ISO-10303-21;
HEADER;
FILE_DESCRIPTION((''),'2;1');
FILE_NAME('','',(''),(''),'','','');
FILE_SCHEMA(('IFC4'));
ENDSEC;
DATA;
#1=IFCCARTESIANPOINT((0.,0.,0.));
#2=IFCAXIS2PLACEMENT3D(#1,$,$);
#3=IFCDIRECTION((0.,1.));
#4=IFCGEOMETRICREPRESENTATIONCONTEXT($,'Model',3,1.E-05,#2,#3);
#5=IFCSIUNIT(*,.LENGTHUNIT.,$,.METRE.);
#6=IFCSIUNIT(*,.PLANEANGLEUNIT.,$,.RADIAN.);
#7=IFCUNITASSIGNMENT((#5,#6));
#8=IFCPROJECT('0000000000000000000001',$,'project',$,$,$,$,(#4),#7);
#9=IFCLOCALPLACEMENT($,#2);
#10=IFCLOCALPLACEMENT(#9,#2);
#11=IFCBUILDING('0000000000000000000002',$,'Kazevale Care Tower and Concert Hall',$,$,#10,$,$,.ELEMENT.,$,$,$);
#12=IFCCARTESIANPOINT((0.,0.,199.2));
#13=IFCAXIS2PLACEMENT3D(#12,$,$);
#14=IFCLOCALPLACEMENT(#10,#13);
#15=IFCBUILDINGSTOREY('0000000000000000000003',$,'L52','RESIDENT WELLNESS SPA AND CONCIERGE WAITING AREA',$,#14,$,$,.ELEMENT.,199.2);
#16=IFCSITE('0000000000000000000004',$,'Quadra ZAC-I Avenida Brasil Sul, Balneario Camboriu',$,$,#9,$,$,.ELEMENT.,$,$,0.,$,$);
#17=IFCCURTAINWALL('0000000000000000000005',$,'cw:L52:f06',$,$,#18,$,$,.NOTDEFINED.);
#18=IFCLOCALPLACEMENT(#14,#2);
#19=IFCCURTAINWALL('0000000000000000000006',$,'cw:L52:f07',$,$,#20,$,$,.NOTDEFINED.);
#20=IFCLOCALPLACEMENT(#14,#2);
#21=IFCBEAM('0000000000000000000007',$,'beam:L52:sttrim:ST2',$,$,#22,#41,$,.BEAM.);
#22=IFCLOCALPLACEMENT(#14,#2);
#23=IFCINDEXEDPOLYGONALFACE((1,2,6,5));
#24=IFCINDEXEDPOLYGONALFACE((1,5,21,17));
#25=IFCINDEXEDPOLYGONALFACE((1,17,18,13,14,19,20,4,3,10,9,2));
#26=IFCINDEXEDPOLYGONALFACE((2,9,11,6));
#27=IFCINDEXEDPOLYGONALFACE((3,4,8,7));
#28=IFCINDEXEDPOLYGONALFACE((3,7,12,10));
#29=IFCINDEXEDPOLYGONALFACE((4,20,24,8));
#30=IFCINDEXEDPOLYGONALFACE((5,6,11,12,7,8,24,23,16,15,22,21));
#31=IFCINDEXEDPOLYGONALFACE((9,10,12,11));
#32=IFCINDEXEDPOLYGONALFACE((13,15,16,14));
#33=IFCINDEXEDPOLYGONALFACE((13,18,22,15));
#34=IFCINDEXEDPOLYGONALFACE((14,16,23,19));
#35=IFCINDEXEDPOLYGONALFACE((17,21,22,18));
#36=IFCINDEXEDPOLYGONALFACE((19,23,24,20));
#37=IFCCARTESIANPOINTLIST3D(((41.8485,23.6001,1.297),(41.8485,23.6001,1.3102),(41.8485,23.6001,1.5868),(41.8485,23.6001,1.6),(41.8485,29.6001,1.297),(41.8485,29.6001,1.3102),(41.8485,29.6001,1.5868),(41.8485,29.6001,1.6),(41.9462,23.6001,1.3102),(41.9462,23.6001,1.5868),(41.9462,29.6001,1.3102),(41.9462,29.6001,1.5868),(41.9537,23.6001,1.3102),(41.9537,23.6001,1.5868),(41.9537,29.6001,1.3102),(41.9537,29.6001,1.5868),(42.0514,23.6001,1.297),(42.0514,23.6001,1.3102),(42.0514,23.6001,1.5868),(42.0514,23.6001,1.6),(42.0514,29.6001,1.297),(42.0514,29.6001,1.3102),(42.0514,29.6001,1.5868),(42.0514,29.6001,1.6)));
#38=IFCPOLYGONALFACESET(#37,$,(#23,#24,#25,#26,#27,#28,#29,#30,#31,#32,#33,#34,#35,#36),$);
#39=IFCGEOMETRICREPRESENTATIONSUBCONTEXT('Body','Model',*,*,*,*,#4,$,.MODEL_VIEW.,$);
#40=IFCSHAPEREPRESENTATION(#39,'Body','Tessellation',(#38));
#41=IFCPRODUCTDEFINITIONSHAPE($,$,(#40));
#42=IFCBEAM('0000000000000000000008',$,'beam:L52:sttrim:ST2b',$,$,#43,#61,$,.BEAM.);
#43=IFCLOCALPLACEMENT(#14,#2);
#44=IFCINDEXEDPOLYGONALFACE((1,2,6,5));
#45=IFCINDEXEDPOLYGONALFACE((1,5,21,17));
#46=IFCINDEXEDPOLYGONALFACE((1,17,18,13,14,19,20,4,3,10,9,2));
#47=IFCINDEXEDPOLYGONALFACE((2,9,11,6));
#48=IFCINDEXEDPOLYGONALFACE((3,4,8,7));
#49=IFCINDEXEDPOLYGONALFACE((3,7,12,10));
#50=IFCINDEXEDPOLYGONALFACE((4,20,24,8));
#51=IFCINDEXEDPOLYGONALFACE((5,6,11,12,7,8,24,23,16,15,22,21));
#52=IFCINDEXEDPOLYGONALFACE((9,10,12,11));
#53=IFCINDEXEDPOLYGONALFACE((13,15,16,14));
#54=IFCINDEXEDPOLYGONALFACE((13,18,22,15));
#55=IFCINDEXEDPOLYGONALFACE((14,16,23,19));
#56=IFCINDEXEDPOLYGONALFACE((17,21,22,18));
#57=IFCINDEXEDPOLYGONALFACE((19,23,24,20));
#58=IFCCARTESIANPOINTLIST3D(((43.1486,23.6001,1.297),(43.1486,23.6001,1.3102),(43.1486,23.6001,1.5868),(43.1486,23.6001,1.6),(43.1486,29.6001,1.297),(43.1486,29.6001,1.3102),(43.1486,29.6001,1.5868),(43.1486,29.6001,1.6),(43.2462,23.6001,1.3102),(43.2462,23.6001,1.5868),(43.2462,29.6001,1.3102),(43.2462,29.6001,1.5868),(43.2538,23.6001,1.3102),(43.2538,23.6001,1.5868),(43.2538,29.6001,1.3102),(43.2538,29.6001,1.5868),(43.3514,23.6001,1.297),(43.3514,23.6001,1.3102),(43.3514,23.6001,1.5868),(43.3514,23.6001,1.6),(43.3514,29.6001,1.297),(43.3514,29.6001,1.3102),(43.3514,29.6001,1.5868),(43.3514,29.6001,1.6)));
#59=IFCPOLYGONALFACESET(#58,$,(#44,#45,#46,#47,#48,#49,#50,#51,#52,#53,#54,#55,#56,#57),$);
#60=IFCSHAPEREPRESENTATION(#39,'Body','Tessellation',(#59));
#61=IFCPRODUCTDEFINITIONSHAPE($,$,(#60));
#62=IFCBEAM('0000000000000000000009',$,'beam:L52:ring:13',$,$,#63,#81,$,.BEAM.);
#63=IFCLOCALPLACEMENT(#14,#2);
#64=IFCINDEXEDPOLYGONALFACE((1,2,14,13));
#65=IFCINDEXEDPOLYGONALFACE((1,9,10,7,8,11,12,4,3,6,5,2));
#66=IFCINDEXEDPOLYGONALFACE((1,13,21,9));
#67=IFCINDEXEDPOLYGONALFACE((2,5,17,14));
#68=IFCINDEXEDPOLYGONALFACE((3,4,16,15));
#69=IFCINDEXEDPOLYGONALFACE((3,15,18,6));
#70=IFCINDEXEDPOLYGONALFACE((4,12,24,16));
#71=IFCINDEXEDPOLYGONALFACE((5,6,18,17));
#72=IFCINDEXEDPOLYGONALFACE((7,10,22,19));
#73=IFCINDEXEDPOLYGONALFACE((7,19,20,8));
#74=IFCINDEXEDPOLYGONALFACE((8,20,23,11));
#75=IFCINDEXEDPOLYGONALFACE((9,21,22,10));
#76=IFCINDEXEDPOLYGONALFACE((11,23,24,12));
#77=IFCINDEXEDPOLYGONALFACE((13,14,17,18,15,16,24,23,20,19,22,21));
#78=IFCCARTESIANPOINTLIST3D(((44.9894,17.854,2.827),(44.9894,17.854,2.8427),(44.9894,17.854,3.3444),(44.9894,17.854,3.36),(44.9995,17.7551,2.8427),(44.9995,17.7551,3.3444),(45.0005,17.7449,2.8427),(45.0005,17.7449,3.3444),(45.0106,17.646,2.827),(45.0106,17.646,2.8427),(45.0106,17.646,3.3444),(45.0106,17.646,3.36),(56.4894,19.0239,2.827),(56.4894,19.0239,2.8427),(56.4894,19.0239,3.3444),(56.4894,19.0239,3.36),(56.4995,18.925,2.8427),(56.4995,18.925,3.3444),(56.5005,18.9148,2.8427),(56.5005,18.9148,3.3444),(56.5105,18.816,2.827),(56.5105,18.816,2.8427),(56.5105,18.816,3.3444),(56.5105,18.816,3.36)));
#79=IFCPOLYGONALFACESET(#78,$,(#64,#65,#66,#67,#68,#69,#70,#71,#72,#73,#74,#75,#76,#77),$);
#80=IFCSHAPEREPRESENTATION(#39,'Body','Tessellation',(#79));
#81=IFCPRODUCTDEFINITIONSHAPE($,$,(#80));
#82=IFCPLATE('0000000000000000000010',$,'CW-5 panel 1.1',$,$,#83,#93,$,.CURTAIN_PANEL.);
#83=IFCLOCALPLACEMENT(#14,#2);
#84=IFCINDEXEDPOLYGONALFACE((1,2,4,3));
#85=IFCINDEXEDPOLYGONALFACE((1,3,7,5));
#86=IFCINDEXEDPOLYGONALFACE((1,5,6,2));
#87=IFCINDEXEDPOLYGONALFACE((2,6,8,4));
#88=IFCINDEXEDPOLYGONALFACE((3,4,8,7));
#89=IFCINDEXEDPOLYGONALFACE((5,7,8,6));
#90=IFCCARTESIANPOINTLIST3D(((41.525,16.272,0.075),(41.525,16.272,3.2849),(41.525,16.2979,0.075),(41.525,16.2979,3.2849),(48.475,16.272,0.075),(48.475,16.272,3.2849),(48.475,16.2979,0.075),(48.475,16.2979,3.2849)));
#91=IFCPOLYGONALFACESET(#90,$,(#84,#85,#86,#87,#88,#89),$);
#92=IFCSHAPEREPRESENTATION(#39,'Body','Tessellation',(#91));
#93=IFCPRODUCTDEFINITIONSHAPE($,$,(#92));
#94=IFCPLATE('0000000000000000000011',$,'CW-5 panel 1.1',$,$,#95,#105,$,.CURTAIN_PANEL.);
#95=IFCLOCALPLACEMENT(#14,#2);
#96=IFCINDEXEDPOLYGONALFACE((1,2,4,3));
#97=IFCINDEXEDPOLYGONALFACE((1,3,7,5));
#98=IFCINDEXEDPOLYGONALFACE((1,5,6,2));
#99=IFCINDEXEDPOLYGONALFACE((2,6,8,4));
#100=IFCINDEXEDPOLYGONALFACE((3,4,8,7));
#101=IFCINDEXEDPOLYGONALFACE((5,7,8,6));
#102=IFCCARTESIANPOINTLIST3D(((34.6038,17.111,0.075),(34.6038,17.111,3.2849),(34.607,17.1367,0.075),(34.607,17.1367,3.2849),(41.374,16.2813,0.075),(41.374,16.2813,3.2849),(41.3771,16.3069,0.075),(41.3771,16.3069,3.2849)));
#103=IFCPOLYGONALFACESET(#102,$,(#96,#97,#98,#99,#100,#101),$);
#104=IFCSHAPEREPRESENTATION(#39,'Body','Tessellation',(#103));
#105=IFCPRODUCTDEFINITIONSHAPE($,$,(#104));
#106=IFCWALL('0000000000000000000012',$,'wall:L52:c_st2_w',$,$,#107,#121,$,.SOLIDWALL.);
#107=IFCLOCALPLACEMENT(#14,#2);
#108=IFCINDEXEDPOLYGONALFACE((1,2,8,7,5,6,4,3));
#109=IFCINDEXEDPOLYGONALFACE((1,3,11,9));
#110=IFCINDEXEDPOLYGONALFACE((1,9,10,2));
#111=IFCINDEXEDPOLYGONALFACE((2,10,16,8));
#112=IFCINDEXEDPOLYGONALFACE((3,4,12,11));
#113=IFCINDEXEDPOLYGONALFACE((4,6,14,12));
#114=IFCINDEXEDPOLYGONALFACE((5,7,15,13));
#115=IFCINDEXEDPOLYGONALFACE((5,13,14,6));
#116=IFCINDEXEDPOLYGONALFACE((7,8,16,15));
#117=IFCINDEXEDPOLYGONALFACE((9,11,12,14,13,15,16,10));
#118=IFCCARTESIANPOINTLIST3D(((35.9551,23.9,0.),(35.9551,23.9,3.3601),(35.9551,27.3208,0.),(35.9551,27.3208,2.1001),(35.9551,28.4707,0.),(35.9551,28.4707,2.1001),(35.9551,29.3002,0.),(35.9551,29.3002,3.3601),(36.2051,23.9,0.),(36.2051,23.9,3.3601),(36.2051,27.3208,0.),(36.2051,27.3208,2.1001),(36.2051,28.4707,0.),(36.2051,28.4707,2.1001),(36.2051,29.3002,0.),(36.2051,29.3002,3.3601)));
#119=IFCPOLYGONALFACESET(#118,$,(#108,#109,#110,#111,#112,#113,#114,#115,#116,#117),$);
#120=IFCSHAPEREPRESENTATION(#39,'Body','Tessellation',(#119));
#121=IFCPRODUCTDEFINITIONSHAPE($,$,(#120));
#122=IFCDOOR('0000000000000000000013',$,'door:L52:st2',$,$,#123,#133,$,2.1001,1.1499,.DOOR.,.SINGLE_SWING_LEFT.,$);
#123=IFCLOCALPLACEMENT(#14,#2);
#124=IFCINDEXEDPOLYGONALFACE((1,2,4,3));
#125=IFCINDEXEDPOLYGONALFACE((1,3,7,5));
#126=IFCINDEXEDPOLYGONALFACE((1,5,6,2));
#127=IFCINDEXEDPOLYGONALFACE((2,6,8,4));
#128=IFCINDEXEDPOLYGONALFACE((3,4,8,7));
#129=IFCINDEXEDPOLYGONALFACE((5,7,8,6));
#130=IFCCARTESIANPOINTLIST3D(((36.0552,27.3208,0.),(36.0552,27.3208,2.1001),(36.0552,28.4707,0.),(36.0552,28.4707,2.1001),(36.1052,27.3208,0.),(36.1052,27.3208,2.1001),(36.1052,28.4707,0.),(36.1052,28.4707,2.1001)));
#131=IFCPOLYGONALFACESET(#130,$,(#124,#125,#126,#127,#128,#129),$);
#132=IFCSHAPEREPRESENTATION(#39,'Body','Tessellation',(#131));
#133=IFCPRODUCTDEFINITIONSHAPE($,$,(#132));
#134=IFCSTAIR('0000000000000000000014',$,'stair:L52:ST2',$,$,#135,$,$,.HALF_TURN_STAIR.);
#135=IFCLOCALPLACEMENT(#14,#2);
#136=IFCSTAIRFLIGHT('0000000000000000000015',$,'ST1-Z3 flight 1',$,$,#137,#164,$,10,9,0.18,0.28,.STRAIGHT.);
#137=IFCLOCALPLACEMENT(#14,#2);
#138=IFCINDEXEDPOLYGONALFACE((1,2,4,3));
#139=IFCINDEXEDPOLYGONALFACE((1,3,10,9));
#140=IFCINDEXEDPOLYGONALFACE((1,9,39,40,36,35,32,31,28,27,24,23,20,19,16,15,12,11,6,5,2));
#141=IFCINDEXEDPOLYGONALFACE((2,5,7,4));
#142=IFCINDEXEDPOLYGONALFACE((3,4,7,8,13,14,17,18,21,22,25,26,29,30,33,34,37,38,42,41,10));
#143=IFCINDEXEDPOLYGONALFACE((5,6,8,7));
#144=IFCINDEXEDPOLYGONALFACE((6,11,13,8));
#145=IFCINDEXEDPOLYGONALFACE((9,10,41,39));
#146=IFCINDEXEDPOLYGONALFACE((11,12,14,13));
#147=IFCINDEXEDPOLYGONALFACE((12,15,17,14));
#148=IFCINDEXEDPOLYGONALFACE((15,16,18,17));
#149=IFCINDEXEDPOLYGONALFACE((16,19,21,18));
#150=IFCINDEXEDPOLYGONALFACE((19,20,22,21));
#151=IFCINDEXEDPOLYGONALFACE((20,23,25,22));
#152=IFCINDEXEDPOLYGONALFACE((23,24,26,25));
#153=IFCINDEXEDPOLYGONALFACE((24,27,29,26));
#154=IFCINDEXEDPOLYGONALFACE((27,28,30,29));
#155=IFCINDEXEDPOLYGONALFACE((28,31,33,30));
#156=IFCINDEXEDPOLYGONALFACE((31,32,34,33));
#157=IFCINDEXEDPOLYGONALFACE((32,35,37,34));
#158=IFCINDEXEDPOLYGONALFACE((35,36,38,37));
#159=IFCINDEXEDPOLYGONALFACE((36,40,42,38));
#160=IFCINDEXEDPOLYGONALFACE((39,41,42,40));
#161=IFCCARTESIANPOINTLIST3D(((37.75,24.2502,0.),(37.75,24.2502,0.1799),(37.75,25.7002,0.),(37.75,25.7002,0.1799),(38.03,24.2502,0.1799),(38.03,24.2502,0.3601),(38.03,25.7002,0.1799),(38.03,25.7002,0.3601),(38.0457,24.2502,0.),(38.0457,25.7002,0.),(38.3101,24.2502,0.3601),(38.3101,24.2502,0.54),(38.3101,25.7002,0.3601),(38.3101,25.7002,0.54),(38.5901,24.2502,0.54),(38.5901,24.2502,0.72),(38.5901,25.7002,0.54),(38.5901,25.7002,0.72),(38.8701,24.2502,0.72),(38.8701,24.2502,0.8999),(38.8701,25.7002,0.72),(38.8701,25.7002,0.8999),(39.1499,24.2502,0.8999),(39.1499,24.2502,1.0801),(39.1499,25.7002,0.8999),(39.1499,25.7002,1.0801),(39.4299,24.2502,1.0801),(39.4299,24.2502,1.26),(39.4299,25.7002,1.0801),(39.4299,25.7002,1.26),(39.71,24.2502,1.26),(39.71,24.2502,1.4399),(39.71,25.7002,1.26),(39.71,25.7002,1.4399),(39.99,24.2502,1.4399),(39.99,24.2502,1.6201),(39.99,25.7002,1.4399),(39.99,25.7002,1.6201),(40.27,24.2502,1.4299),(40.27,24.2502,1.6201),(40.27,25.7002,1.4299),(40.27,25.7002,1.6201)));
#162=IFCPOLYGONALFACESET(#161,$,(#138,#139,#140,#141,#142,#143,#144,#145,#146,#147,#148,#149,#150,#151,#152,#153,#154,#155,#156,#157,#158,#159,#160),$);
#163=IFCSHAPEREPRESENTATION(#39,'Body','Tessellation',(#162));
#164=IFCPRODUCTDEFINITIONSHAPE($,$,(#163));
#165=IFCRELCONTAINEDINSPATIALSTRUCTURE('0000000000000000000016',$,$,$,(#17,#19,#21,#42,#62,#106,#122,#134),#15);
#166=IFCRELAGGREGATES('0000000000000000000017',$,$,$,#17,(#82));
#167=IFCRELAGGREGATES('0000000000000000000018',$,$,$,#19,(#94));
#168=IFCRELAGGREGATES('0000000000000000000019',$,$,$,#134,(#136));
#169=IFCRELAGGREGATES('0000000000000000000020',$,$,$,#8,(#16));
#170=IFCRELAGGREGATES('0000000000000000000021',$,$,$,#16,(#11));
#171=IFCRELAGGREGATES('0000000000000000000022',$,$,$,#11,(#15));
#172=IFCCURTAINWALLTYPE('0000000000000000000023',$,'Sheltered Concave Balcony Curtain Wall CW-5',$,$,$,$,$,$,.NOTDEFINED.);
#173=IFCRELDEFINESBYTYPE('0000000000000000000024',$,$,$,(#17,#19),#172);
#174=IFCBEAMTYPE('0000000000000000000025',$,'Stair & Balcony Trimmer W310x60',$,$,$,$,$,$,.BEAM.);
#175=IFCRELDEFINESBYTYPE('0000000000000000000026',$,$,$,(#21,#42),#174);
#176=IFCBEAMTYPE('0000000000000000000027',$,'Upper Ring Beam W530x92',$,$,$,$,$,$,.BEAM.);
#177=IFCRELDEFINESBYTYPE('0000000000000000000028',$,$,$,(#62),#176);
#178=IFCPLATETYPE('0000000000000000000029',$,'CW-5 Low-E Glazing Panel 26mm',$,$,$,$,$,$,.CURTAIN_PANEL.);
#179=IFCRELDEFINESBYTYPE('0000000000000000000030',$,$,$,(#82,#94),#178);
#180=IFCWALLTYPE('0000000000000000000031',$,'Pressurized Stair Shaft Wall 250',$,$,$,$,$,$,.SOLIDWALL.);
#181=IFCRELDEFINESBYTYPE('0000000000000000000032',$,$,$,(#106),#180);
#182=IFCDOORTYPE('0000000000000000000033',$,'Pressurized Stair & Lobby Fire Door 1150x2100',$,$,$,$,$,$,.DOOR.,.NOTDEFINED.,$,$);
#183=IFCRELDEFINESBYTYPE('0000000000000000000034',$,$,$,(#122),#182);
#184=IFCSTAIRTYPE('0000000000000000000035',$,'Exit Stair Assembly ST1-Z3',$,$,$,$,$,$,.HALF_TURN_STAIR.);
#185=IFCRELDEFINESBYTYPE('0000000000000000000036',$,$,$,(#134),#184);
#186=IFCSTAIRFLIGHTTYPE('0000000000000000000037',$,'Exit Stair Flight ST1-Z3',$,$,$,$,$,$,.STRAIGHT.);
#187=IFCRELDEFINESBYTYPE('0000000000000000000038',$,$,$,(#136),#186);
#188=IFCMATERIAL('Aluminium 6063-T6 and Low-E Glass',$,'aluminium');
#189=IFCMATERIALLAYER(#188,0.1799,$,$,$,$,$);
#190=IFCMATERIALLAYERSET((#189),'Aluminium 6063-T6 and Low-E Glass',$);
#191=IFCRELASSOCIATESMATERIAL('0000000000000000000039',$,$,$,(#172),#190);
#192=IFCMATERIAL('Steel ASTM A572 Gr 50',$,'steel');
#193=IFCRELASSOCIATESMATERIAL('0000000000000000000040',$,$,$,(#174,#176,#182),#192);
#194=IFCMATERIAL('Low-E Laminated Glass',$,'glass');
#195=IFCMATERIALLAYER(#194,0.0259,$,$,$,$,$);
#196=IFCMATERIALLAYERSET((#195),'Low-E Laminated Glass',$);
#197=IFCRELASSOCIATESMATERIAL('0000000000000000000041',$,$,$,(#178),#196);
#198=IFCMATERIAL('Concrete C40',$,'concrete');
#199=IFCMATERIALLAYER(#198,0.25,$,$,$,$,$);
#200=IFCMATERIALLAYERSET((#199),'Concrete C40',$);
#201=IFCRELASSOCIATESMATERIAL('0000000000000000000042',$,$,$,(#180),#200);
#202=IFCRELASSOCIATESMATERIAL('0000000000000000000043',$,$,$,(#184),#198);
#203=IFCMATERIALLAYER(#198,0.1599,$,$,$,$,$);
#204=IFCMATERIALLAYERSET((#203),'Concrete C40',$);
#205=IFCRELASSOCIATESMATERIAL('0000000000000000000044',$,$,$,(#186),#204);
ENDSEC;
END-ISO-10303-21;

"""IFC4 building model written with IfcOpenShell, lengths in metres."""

from ifc_helpers import new_model, si_unit, direction, frame, frame_2d, origin, origin_2d, place, context, subcontext, project, spatial, polyline, rectangle, i_section, outline, extrude, material, layer, layer_set, material_profile, profile_set, type_object, element, fill, aggregate, save


model = new_model("IFC4")

# Units and contexts
model_context = context("Model", 3, precision=1e-05, world=origin(), true_north=direction((0.0, 1.0)))
body_context = subcontext(model_context, "Body", "Model", "MODEL_VIEW")
ifc_project = project(units=[si_unit("LENGTHUNIT", "METRE"), si_unit("PLANEANGLEUNIT", "RADIAN")], contexts=[model_context])

# Site, building, storey
site_placement = place(None, origin())
site = spatial("IfcSite", under=ifc_project, at=site_placement, Name="Quadra ZAC-I Avenida Brasil Sul, Balneario Camboriu", CompositionType="ELEMENT", RefElevation=0.0)
building_placement = place(site_placement, origin())
building = spatial("IfcBuilding", under=site, at=building_placement, Name="Kazevale Care Tower and Concert Hall", CompositionType="ELEMENT")
storey_placement = place(building_placement, frame((0.0, 0.0, 199.2)))
storey = spatial("IfcBuildingStorey", under=building, at=storey_placement, Name="L52", Description="RESIDENT WELLNESS SPA AND CONCIERGE WAITING AREA", CompositionType="ELEMENT", Elevation=199.2)

# Curtain wall
ifc_material_1 = material(Name="Aluminium 6063-T6 and Low-E Glass", Category="aluminium")
ifc_layer_1 = layer(ifc_material_1, 0.1799)
ifc_layer_set_1 = layer_set([ifc_layer_1], Name="Aluminium 6063-T6 and Low-E Glass")
curtain_wall_type = type_object("IfcCurtainWallType", Name="Sheltered Concave Balcony Curtain Wall CW-5", PredefinedType="NOTDEFINED", material=ifc_layer_set_1)
curtain_wall_1_placement = place(storey_placement, origin())
curtain_wall_1 = element("IfcCurtainWall", 1, at=curtain_wall_1_placement, inside=storey, type_object=curtain_wall_type, Name="cw:L52:f06", PredefinedType="NOTDEFINED")

# Curtain wall
curtain_wall_2_placement = place(storey_placement, origin())
curtain_wall_2 = element("IfcCurtainWall", 2, at=curtain_wall_2_placement, inside=storey, type_object=curtain_wall_type, Name="cw:L52:f07", PredefinedType="NOTDEFINED")

# Beams
ifc_material_2 = material(Name="Steel ASTM A572 Gr 50", Category="steel")
ifc_material_profile_1 = material_profile(ifc_material_2, i_section(OverallWidth=0.2029, OverallDepth=0.303, WebThickness=0.0076, FlangeThickness=0.0132, at=origin_2d()), Name="W310x60")
ifc_profile_set_1 = profile_set([ifc_material_profile_1], Name="Steel ASTM A572 Gr 50")
beam_type_1 = type_object("IfcBeamType", Name="Stair & Balcony Trimmer W310x60", PredefinedType="BEAM", material=ifc_profile_set_1)
for number, where, z_axis, x_axis, name in (
    (3, (41.95, 23.6001, 1.4485), (0.0, 1.0, 0.0), (-1.0, 0.0, 0.0), "beam:L52:sttrim:ST2"),
    (4, (43.25, 23.6001, 1.4485), (0.0, 1.0, 0.0), (-1.0, 0.0, 0.0), "beam:L52:sttrim:ST2b"),
):
    element("IfcBeam", number, at=place(storey_placement, frame(where, z_axis=z_axis, x_axis=x_axis)), inside=storey, type_object=beam_type_1, Name=name, PredefinedType="BEAM", context=body_context, shape_type="SweptSolid", body=[
        extrude(i_section(OverallWidth=0.2029, OverallDepth=0.303, WebThickness=0.0076, FlangeThickness=0.0132, at=origin_2d()), origin(), (0.0, 0.0, 1.0), 6.0),
    ])
ifc_material_profile_2 = material_profile(ifc_material_2, i_section(OverallWidth=0.209, OverallDepth=0.533, WebThickness=0.0103, FlangeThickness=0.0156, at=origin_2d()), Name="W530x92")
ifc_profile_set_2 = profile_set([ifc_material_profile_2], Name="Steel ASTM A572 Gr 50")
beam_type_2 = type_object("IfcBeamType", Name="Upper Ring Beam W530x92", PredefinedType="BEAM", material=ifc_profile_set_2)
beam_1_placement = place(storey_placement, frame((45.0, 17.75, 3.0935), z_axis=(0.994865, 0.10121, 0.0), x_axis=(-0.10121, 0.994865, 0.0)))
element("IfcBeam", 5, at=beam_1_placement, inside=storey, type_object=beam_type_2, Name="beam:L52:ring:13", PredefinedType="BEAM", context=body_context, shape_type="SweptSolid", body=[
    extrude(i_section(OverallWidth=0.209, OverallDepth=0.533, WebThickness=0.0103, FlangeThickness=0.0156, at=origin_2d()), origin(), (0.0, 0.0, 1.0), 11.5593),
])

# Plates
ifc_material_3 = material(Name="Low-E Laminated Glass", Category="glass")
ifc_layer_2 = layer(ifc_material_3, 0.0259)
ifc_layer_set_2 = layer_set([ifc_layer_2], Name="Low-E Laminated Glass")
plate_type = type_object("IfcPlateType", Name="CW-5 Low-E Glazing Panel 26mm", PredefinedType="CURTAIN_PANEL", material=ifc_layer_set_2)
plate_1_placement = place(storey_placement, frame((45.0, 16.2849, 0.075), z_axis=(0.0, 0.0, 1.0), x_axis=(-1.0, 0.0, 0.0)))
plate_1 = element("IfcPlate", 6, at=plate_1_placement, type_object=plate_type, Name="CW-5 panel 1.1", PredefinedType="CURTAIN_PANEL", context=body_context, shape_type="SweptSolid", body=[
    extrude(rectangle(XDim=6.95, YDim=0.0259, at=origin_2d()), origin(), (0.0, 0.0, 1.0), 3.21),
])
aggregate(curtain_wall_1, [plate_1])
plate_2_placement = place(storey_placement, frame((37.9905, 16.709, 0.075), z_axis=(0.0, 0.0, 1.0), x_axis=(-0.992573, 0.121651, 0.0)))
plate_2 = element("IfcPlate", 7, at=plate_2_placement, type_object=plate_type, Name="CW-5 panel 1.1", PredefinedType="CURTAIN_PANEL", context=body_context, shape_type="SweptSolid", body=[
    extrude(rectangle(XDim=6.8208, YDim=0.0259, at=origin_2d()), origin(), (0.0, 0.0, 1.0), 3.21),
])
aggregate(curtain_wall_2, [plate_2])

# Wall, opening, door
ifc_material_4 = material(Name="Concrete C40", Category="concrete")
ifc_layer_3 = layer(ifc_material_4, 0.25)
ifc_layer_set_3 = layer_set([ifc_layer_3], Name="Concrete C40")
wall_type_1 = type_object("IfcWallType", Name="Pressurized Stair Shaft Wall 250", PredefinedType="SOLIDWALL", material=ifc_layer_set_3)
wall_1_placement = place(storey_placement, frame((36.0801, 23.8999, 0.0), z_axis=(0.0, 0.0, 1.0), x_axis=(0.0, 1.0, 0.0)))
wall_1 = element("IfcWall", 8, at=wall_1_placement, inside=storey, type_object=wall_type_1, Name="wall:L52:c_st2_w", PredefinedType="SOLIDWALL", context=body_context, shape_type="SweptSolid", body=[
    extrude(rectangle(XDim=5.4001, YDim=0.25, at=frame_2d((2.7002, 0.0))), origin(), (0.0, 0.0, 1.0), 3.3601),
])
opening_1_placement = place(wall_1_placement, frame((3.4209, 0.0, 0.0)))
opening_1 = element("IfcOpeningElement", 9, at=opening_1_placement, cuts=wall_1, PredefinedType="OPENING", context=body_context, shape_type="SweptSolid", body=[
    extrude(rectangle(XDim=1.1499, YDim=2.1001, at=frame_2d((0.575, 1.05))), frame((0.0, 0.135, 0.0), z_axis=(0.0, -1.0, 0.0), x_axis=(1.0, 0.0, 0.0)), (0.0, 0.0, 1.0), 0.27),
])
door_type_1 = type_object("IfcDoorType", Name="Pressurized Stair & Lobby Fire Door 1150x2100", OperationType="NOTDEFINED", PredefinedType="DOOR", material=ifc_material_2)
door_1_placement = place(opening_1_placement, origin())
door_1 = element("IfcDoor", 10, at=door_1_placement, inside=storey, type_object=door_type_1, Name="door:L52:st2", OperationType="SINGLE_SWING_LEFT", OverallHeight=2.1001, OverallWidth=1.1499, PredefinedType="DOOR", context=body_context, shape_type="SweptSolid", body=[
    extrude(rectangle(XDim=1.1499, YDim=2.1001, at=frame_2d((0.575, 1.05))), frame((0.0, 0.0249, 0.0), z_axis=(0.0, -1.0, 0.0), x_axis=(1.0, 0.0, 0.0)), (0.0, 0.0, 1.0), 0.05),
])
fill(opening_1, door_1)

# Stair, stair flight
stair_type = type_object("IfcStairType", Name="Exit Stair Assembly ST1-Z3", PredefinedType="HALF_TURN_STAIR", material=ifc_material_4)
stair_placement = place(storey_placement, origin())
stair = element("IfcStair", 11, at=stair_placement, inside=storey, type_object=stair_type, Name="stair:L52:ST2", PredefinedType="HALF_TURN_STAIR")
ifc_layer_4 = layer(ifc_material_4, 0.1599)
ifc_layer_set_4 = layer_set([ifc_layer_4], Name="Concrete C40")
stair_flight_type = type_object("IfcStairFlightType", Name="Exit Stair Flight ST1-Z3", PredefinedType="STRAIGHT", material=ifc_layer_set_4)
stair_flight_1_placement = place(storey_placement, frame((37.75, 24.9751, 0.0), z_axis=(0.0, 0.0, 1.0), x_axis=(1.0, 0.0, 0.0)))
stair_flight_1 = element("IfcStairFlight", 12, at=stair_flight_1_placement, type_object=stair_flight_type, Name="ST1-Z3 flight 1", NumberOfRisers=10, NumberOfTreads=9, PredefinedType="STRAIGHT", RiserHeight=0.18, TreadLength=0.28, context=body_context, shape_type="SweptSolid", body=[
    extrude(outline(polyline([(0.0, 0.0), (0.0, 0.1799), (0.28, 0.1799), (0.28, 0.3601), (0.5601, 0.3601), (0.5601, 0.54), (0.8401, 0.54), (0.8401, 0.72), (1.1201, 0.72), (1.1201, 0.8999), (1.3999, 0.8999), (1.3999, 1.0801), (1.6799, 1.0801), (1.6799, 1.26), (1.96, 1.26), (1.96, 1.4399), (2.24, 1.4399), (2.24, 1.6201), (2.52, 1.6201), (2.52, 1.8), (2.52, 1.4299), (0.2957, 0.0), (0.0, 0.0)])), frame((0.0, 0.7251, 0.0), z_axis=(0.0, -1.0, 0.0), x_axis=(1.0, 0.0, 0.0)), (0.0, 0.0, 1.0), 1.45),
])
aggregate(stair, [stair_flight_1])

save(model, "model.ifc")
